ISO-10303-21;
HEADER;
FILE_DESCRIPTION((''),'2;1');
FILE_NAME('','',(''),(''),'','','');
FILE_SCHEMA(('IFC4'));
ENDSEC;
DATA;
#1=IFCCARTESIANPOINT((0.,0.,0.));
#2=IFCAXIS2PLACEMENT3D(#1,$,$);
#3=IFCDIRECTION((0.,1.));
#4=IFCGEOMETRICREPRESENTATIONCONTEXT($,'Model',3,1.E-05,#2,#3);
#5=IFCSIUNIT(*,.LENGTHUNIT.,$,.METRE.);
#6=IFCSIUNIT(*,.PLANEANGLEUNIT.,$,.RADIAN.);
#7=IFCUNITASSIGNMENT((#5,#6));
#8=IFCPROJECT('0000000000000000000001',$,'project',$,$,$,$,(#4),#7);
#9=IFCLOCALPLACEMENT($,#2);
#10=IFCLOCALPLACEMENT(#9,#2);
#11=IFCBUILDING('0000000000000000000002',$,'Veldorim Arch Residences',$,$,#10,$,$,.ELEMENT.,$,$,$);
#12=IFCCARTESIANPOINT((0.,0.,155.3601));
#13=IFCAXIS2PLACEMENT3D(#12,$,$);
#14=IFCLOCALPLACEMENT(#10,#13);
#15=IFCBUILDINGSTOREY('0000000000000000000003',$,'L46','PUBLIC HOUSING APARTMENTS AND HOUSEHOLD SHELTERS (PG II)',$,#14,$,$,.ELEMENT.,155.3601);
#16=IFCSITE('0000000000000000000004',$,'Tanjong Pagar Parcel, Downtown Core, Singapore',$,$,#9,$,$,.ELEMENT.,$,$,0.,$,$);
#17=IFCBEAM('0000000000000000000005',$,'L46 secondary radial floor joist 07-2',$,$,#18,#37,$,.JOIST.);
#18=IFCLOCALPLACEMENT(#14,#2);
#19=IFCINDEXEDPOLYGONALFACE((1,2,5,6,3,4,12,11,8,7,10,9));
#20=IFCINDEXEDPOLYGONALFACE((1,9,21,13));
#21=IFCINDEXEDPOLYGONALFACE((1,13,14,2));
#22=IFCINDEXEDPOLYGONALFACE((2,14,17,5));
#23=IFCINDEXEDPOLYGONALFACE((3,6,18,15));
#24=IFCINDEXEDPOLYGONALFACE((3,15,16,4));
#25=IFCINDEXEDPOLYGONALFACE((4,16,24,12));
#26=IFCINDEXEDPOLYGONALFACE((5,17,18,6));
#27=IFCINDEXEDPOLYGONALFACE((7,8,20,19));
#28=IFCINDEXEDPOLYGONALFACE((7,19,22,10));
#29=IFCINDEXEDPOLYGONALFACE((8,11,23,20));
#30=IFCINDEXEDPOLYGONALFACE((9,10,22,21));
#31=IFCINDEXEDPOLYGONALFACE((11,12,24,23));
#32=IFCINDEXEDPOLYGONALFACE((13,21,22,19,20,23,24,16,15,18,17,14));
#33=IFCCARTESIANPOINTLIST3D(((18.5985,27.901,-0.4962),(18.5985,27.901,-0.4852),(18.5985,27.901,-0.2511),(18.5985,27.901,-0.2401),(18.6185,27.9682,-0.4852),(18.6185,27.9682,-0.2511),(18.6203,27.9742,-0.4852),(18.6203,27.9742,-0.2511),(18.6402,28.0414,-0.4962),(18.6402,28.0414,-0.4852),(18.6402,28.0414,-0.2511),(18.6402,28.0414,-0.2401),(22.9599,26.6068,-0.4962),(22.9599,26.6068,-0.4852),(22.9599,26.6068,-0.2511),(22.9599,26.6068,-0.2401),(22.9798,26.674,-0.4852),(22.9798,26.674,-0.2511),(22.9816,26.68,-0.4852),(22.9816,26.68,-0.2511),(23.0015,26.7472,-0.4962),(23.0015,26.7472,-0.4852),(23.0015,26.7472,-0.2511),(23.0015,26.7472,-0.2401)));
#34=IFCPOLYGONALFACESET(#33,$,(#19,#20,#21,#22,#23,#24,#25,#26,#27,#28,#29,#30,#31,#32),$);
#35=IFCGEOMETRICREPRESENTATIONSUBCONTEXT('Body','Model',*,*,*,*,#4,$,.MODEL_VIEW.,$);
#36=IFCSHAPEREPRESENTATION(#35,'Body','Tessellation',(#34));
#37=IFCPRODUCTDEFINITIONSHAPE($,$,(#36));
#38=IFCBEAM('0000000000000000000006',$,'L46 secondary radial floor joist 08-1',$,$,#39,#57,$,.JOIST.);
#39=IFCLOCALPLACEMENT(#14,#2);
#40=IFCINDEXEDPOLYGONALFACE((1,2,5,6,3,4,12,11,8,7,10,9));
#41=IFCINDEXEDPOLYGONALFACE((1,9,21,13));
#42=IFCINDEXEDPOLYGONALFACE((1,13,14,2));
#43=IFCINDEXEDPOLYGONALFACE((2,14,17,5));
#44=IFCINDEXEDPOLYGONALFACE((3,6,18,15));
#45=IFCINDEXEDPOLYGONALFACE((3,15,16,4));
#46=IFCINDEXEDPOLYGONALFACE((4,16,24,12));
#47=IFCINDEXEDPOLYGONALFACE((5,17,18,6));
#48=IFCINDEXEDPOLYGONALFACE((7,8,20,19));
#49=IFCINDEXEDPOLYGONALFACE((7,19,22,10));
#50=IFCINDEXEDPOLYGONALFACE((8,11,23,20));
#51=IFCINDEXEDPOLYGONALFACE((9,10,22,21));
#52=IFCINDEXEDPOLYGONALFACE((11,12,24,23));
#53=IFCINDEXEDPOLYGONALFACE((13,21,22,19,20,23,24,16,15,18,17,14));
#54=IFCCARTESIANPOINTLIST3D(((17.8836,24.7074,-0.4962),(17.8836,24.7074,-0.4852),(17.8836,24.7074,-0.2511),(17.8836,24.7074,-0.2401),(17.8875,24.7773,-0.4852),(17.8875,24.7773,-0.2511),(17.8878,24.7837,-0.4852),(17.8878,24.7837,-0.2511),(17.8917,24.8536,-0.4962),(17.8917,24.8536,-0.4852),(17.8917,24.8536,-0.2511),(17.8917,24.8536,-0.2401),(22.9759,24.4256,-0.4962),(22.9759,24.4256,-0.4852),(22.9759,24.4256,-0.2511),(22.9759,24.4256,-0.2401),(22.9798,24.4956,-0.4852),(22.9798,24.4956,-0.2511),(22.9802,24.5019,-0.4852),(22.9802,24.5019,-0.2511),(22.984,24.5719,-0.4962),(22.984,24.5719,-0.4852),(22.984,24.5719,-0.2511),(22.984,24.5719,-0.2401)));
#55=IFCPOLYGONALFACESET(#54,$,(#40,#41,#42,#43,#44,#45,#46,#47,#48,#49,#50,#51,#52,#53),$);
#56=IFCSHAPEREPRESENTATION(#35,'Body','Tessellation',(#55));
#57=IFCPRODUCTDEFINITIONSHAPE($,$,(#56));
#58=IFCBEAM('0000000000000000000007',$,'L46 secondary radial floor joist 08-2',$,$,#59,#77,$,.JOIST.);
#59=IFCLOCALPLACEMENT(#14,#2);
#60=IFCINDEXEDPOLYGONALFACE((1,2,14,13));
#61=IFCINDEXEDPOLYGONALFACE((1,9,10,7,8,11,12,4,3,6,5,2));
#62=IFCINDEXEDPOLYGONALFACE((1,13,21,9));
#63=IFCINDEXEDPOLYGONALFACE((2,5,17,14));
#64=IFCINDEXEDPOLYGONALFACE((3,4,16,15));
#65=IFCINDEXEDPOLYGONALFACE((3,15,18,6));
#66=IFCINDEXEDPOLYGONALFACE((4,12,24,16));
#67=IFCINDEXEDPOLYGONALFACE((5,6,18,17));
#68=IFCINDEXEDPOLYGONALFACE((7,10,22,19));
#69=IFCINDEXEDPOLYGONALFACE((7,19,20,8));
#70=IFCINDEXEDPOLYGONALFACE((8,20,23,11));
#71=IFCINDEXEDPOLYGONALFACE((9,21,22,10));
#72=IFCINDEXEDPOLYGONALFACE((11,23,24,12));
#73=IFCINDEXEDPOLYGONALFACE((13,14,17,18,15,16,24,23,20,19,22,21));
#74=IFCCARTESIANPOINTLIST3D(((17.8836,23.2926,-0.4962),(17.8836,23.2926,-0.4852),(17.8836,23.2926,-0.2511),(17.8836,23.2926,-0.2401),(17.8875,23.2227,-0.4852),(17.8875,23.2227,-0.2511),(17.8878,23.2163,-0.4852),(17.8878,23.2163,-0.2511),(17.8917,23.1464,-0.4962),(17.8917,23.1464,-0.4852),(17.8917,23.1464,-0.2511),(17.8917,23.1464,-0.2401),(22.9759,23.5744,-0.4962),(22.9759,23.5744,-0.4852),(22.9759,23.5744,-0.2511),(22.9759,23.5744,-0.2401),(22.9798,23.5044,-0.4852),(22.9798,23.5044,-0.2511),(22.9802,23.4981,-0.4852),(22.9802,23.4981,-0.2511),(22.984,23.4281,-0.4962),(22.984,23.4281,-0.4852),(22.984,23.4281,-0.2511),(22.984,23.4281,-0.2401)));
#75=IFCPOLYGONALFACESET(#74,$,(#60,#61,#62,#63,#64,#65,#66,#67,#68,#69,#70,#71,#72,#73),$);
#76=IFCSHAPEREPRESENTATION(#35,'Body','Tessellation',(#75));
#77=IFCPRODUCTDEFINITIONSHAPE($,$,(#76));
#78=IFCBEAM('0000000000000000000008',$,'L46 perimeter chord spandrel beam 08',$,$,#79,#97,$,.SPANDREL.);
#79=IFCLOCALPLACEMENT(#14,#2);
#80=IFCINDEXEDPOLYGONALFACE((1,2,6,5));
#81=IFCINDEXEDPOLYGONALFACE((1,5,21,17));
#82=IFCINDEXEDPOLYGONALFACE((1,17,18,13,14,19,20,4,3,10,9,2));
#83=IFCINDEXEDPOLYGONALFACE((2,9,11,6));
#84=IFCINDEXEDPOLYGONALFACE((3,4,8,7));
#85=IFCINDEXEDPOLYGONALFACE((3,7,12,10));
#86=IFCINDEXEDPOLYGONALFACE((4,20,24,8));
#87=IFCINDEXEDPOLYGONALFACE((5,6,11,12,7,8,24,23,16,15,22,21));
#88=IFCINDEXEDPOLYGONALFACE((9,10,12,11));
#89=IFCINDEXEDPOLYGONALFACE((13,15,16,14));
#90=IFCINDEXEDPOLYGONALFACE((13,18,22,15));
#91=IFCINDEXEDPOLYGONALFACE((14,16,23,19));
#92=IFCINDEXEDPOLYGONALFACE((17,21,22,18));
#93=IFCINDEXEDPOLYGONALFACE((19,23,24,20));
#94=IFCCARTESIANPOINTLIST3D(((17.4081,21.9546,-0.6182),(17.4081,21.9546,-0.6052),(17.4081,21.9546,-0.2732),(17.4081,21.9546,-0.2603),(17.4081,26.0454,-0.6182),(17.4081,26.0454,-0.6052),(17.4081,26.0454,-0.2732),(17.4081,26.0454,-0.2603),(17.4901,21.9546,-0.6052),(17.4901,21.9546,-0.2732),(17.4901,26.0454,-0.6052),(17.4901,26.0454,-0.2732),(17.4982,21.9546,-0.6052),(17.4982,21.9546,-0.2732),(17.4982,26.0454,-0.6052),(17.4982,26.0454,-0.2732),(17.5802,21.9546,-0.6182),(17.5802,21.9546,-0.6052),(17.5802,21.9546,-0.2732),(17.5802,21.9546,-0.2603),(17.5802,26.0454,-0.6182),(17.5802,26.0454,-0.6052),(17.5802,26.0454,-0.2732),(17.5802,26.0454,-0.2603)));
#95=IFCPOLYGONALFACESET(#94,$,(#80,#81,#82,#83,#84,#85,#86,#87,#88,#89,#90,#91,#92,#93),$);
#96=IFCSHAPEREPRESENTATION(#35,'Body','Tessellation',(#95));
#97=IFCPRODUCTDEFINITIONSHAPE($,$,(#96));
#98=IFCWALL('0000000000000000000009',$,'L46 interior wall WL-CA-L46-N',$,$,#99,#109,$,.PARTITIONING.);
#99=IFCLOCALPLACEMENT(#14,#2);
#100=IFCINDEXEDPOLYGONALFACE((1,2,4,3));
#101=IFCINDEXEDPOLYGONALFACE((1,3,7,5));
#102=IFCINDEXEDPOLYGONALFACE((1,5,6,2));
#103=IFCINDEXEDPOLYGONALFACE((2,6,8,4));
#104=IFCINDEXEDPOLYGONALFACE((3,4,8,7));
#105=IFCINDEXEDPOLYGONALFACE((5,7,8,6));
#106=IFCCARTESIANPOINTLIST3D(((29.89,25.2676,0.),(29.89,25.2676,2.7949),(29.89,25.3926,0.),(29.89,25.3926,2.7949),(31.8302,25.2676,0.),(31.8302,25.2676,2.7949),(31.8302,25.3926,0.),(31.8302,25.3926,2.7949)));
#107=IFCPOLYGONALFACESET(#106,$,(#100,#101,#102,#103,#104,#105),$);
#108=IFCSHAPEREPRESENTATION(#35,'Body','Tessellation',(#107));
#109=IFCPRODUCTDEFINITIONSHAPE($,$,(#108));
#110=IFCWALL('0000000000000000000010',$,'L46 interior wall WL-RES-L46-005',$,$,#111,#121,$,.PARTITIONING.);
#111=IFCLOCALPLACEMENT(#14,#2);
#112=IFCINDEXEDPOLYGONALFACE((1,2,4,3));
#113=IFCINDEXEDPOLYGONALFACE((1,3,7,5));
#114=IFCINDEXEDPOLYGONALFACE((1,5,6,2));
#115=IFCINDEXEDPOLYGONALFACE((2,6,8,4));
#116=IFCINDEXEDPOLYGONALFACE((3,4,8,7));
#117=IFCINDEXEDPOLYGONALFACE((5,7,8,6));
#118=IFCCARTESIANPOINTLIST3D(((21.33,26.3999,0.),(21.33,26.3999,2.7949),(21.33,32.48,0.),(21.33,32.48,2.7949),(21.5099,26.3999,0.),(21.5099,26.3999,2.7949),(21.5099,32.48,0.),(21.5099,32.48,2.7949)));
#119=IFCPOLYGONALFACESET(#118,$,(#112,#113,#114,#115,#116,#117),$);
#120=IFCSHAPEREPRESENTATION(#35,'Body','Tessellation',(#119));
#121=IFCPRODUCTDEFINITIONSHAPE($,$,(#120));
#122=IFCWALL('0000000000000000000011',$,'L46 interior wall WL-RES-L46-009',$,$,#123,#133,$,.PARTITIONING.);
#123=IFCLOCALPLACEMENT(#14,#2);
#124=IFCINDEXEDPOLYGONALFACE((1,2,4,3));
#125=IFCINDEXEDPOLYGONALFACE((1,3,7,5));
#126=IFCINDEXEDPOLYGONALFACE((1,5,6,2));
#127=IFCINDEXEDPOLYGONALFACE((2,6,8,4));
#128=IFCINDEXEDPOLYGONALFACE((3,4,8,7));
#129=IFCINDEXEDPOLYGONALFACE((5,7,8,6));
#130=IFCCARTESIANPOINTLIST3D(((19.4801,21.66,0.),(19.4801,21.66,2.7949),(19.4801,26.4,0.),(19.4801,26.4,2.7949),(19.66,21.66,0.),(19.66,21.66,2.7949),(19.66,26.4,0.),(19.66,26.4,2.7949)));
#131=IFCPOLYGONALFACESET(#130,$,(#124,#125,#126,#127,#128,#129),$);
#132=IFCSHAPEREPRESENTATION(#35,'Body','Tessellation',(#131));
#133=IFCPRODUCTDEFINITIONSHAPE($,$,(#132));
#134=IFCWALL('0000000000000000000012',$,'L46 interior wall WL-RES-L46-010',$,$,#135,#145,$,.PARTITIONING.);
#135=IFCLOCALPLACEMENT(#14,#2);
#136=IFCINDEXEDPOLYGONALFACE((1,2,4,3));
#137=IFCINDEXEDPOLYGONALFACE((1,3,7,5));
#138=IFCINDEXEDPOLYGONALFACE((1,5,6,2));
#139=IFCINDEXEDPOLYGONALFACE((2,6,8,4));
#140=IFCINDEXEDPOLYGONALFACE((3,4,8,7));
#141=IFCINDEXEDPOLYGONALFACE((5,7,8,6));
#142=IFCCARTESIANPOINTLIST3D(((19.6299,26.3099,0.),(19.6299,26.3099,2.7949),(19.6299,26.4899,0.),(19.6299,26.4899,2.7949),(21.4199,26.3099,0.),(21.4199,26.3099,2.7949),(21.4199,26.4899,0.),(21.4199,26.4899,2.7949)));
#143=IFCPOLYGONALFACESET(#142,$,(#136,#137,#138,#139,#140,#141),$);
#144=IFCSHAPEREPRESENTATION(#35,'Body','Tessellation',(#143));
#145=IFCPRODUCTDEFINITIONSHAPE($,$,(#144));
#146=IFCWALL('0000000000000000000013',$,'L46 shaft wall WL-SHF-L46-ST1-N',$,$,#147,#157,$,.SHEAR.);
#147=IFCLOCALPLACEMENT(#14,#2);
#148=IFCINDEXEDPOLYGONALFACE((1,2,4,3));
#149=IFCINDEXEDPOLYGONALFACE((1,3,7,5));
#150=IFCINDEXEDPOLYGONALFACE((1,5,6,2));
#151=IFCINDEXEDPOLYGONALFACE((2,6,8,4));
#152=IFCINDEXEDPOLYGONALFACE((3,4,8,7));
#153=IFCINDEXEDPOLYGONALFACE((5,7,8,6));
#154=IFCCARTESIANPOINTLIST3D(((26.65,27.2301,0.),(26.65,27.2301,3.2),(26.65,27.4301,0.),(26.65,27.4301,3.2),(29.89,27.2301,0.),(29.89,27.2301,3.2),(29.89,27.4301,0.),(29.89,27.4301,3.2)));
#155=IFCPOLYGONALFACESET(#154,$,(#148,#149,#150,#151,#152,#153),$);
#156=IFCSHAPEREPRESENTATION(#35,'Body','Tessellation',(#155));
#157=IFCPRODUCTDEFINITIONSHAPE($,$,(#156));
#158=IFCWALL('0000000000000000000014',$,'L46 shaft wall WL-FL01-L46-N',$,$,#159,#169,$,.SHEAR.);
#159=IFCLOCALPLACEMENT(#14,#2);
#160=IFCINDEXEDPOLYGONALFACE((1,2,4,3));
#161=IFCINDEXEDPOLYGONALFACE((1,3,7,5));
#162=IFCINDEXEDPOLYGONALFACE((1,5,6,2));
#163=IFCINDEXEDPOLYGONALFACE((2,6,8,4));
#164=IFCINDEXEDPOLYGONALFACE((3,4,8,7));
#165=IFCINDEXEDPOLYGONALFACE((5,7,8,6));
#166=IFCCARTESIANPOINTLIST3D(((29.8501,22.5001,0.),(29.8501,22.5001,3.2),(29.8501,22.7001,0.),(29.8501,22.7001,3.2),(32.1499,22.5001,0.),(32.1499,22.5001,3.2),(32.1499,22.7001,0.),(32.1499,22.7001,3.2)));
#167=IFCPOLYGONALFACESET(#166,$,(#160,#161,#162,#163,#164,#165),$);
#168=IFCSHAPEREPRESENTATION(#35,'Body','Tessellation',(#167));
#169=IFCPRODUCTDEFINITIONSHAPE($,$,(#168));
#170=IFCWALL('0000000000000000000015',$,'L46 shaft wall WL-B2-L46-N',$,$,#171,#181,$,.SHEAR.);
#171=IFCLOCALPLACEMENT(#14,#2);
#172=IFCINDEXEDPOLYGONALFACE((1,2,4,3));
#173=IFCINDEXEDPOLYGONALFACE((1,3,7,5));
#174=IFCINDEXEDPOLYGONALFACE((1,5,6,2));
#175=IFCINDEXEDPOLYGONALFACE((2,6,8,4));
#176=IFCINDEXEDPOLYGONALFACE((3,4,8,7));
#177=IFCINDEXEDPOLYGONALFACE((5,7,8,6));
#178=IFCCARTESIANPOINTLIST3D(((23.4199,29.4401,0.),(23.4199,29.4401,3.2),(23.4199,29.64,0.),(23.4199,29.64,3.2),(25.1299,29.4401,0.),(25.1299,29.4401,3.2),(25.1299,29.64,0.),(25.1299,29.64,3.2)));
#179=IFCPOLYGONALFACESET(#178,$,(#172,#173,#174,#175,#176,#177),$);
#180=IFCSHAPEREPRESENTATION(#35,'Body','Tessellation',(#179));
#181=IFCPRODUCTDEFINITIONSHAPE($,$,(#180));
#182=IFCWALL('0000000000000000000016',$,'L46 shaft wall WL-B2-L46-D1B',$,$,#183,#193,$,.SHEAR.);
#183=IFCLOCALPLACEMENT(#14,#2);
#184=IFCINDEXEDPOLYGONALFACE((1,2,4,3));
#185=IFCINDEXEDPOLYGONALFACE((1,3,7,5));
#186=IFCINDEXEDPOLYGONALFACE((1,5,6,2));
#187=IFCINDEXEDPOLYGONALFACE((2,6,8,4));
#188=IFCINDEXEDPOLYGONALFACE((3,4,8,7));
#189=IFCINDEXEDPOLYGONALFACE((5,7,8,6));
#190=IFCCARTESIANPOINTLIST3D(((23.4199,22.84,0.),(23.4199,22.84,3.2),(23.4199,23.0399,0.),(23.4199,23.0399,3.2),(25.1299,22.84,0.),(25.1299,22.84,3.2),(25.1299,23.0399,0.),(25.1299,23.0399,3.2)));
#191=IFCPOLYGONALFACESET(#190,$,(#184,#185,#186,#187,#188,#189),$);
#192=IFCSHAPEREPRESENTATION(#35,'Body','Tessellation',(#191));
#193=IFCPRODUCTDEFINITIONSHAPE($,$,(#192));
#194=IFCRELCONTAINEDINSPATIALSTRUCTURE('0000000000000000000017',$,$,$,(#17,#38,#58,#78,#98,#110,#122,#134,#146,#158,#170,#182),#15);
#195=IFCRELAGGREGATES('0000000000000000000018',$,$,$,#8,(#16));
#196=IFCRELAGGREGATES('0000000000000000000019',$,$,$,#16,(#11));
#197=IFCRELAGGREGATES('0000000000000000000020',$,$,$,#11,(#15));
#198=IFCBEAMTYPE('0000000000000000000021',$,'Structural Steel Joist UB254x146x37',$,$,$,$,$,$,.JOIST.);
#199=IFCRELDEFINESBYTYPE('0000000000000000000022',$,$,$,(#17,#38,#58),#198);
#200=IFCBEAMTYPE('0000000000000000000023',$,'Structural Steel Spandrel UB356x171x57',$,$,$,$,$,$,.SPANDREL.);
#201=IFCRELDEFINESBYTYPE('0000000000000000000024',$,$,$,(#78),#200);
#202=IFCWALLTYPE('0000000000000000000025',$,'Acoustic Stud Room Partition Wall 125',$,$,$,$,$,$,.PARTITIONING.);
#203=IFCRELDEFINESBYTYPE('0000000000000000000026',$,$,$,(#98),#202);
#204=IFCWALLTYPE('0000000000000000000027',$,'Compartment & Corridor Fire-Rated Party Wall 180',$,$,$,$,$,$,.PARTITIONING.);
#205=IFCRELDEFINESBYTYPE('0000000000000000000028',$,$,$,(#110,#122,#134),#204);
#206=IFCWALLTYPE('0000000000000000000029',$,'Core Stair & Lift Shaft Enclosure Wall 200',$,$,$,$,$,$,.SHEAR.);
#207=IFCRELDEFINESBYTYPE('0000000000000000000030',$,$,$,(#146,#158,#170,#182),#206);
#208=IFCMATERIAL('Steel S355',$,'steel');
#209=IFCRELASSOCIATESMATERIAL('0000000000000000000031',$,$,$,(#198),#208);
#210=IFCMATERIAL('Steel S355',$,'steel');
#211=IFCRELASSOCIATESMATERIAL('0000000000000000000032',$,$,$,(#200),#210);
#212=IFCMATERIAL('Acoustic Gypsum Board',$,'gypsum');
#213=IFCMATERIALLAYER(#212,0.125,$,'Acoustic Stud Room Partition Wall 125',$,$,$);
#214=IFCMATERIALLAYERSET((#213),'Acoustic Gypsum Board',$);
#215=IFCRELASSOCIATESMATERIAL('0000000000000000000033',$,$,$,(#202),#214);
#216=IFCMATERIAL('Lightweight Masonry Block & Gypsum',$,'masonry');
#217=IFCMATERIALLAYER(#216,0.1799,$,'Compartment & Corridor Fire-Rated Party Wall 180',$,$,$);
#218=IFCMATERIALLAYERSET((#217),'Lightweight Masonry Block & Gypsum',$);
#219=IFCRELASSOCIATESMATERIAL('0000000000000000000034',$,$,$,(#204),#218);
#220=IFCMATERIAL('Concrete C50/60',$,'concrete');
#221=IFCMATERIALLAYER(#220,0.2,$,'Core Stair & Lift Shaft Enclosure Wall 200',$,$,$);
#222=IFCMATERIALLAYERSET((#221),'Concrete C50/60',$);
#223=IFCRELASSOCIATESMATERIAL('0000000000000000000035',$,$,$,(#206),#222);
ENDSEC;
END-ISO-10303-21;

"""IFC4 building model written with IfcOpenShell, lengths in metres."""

from ifc_helpers import new_model, si_unit, direction, frame, frame_2d, origin, origin_2d, place, context, subcontext, project, spatial, rectangle, i_section, extrude, material, layer, layer_set, material_profile, profile_set, type_object, element, save


model = new_model("IFC4")

# Units and contexts
model_context = context("Model", 3, precision=1e-05, world=origin(), true_north=direction((0.0, 1.0)))
body_context = subcontext(model_context, "Body", "Model", "MODEL_VIEW")
ifc_project = project(units=[si_unit("LENGTHUNIT", "METRE"), si_unit("PLANEANGLEUNIT", "RADIAN")], contexts=[model_context])

# Site, building, storey
site_placement = place(None, origin())
site = spatial("IfcSite", under=ifc_project, at=site_placement, Name="Tanjong Pagar Parcel, Downtown Core, Singapore", CompositionType="ELEMENT", RefElevation=0.0)
building_placement = place(site_placement, origin())
building = spatial("IfcBuilding", under=site, at=building_placement, Name="Veldorim Arch Residences", CompositionType="ELEMENT")
storey_placement = place(building_placement, frame((0.0, 0.0, 155.3601)))
storey = spatial("IfcBuildingStorey", under=building, at=storey_placement, Name="L46", Description="PUBLIC HOUSING APARTMENTS AND HOUSEHOLD SHELTERS (PG II)", CompositionType="ELEMENT", Elevation=155.3601)

# Beams
ifc_material_1 = material(Name="Steel S355", Category="steel")
ifc_material_profile_1 = material_profile(ifc_material_1, i_section(OverallWidth=0.1465, OverallDepth=0.2561, WebThickness=0.0063, FlangeThickness=0.011, at=origin_2d()), Name="UB254x146x37")
ifc_profile_set_1 = profile_set([ifc_material_profile_1], Name="Steel S355")
beam_type_1 = type_object("IfcBeamType", Name="Structural Steel Joist UB254x146x37", PredefinedType="JOIST", material=ifc_profile_set_1)
beam_1_placement = place(storey_placement, frame((22.9807, 26.677, -0.3682), z_axis=(-0.958682, 0.284481, 0.0), x_axis=(-0.284481, -0.958682, 0.0)))
element("IfcBeam", 1, at=beam_1_placement, inside=storey, type_object=beam_type_1, Name="L46 secondary radial floor joist 07-2", PredefinedType="JOIST", context=body_context, shape_type="SweptSolid", body=[
    extrude(i_section(OverallWidth=0.1465, OverallDepth=0.2561, WebThickness=0.0063, FlangeThickness=0.011, at=origin_2d()), origin(), (0.0, 0.0, 1.0), 4.5493),
])
for number, where, z_axis, x_axis, name in (
    (2, (22.98, 24.4988, -0.3682), (-0.998473, 0.055242, 0.0), (-0.055242, -0.998473, 0.0), "L46 secondary radial floor joist 08-1"),
    (3, (22.98, 23.5012, -0.3682), (-0.998473, -0.055242, 0.0), (0.055242, -0.998473, 0.0), "L46 secondary radial floor joist 08-2"),
):
    element("IfcBeam", number, at=place(storey_placement, frame(where, z_axis=z_axis, x_axis=x_axis)), inside=storey, type_object=beam_type_1, Name=name, PredefinedType="JOIST", context=body_context, shape_type="SweptSolid", body=[
        extrude(i_section(OverallWidth=0.1465, OverallDepth=0.2561, WebThickness=0.0063, FlangeThickness=0.011, at=origin_2d()), origin(), (0.0, 0.0, 1.0), 5.1001),
    ])
ifc_material_2 = material(Name="Steel S355", Category="steel")
ifc_material_profile_2 = material_profile(ifc_material_2, i_section(OverallWidth=0.1721, OverallDepth=0.3579, WebThickness=0.0081, FlangeThickness=0.0129, at=origin_2d()), Name="UB356x171x57")
ifc_profile_set_2 = profile_set([ifc_material_profile_2], Name="Steel S355")
beam_type_2 = type_object("IfcBeamType", Name="Structural Steel Spandrel UB356x171x57", PredefinedType="SPANDREL", material=ifc_profile_set_2)
beam_2_placement = place(storey_placement, frame((17.4941, 26.0454, -0.4392), z_axis=(0.0, -1.0, 0.0), x_axis=(1.0, 0.0, 0.0)))
element("IfcBeam", 4, at=beam_2_placement, inside=storey, type_object=beam_type_2, Name="L46 perimeter chord spandrel beam 08", PredefinedType="SPANDREL", context=body_context, shape_type="SweptSolid", body=[
    extrude(i_section(OverallWidth=0.1721, OverallDepth=0.3579, WebThickness=0.0081, FlangeThickness=0.0129, at=origin_2d()), origin(), (0.0, 0.0, 1.0), 4.0908),
])

# Walls
ifc_material_3 = material(Name="Acoustic Gypsum Board", Category="gypsum")
ifc_layer_1 = layer(ifc_material_3, 0.125, Name="Acoustic Stud Room Partition Wall 125")
ifc_layer_set_1 = layer_set([ifc_layer_1], Name="Acoustic Gypsum Board")
wall_type_1 = type_object("IfcWallType", Name="Acoustic Stud Room Partition Wall 125", PredefinedType="PARTITIONING", material=ifc_layer_set_1)
wall_1_placement = place(storey_placement, frame((29.8899, 25.3301, 0.0), z_axis=(0.0, 0.0, 1.0), x_axis=(1.0, 0.0, 0.0)))
element("IfcWall", 5, at=wall_1_placement, inside=storey, type_object=wall_type_1, Name="L46 interior wall WL-CA-L46-N", PredefinedType="PARTITIONING", context=body_context, shape_type="SweptSolid", body=[
    extrude(rectangle(XDim=1.9402, YDim=0.125, at=frame_2d((0.9702, 0.0))), origin(), (0.0, 0.0, 1.0), 2.7949),
])
ifc_material_4 = material(Name="Lightweight Masonry Block & Gypsum", Category="masonry")
ifc_layer_2 = layer(ifc_material_4, 0.1799, Name="Compartment & Corridor Fire-Rated Party Wall 180")
ifc_layer_set_2 = layer_set([ifc_layer_2], Name="Lightweight Masonry Block & Gypsum")
wall_type_2 = type_object("IfcWallType", Name="Compartment & Corridor Fire-Rated Party Wall 180", PredefinedType="PARTITIONING", material=ifc_layer_set_2)
wall_2_placement = place(storey_placement, frame((21.4199, 26.3999, 0.0), z_axis=(0.0, 0.0, 1.0), x_axis=(0.0, 1.0, 0.0)))
element("IfcWall", 6, at=wall_2_placement, inside=storey, type_object=wall_type_2, Name="L46 interior wall WL-RES-L46-005", PredefinedType="PARTITIONING", context=body_context, shape_type="SweptSolid", body=[
    extrude(rectangle(XDim=6.0801, YDim=0.1799, at=frame_2d((3.04, 0.0))), origin(), (0.0, 0.0, 1.0), 2.7949),
])
wall_3_placement = place(storey_placement, frame((19.5701, 21.6599, 0.0), z_axis=(0.0, 0.0, 1.0), x_axis=(0.0, 1.0, 0.0)))
element("IfcWall", 7, at=wall_3_placement, inside=storey, type_object=wall_type_2, Name="L46 interior wall WL-RES-L46-009", PredefinedType="PARTITIONING", context=body_context, shape_type="SweptSolid", body=[
    extrude(rectangle(XDim=4.74, YDim=0.1799, at=frame_2d((2.3701, 0.0))), origin(), (0.0, 0.0, 1.0), 2.7949),
])
wall_4_placement = place(storey_placement, frame((19.6299, 26.3999, 0.0), z_axis=(0.0, 0.0, 1.0), x_axis=(1.0, 0.0, 0.0)))
element("IfcWall", 8, at=wall_4_placement, inside=storey, type_object=wall_type_2, Name="L46 interior wall WL-RES-L46-010", PredefinedType="PARTITIONING", context=body_context, shape_type="SweptSolid", body=[
    extrude(rectangle(XDim=1.79, YDim=0.1799, at=frame_2d((0.895, 0.0))), origin(), (0.0, 0.0, 1.0), 2.7949),
])
ifc_material_5 = material(Name="Concrete C50/60", Category="concrete")
ifc_layer_3 = layer(ifc_material_5, 0.2, Name="Core Stair & Lift Shaft Enclosure Wall 200")
ifc_layer_set_3 = layer_set([ifc_layer_3], Name="Concrete C50/60")
wall_type_3 = type_object("IfcWallType", Name="Core Stair & Lift Shaft Enclosure Wall 200", PredefinedType="SHEAR", material=ifc_layer_set_3)
wall_5_placement = place(storey_placement, frame((26.6499, 27.3301, 0.0), z_axis=(0.0, 0.0, 1.0), x_axis=(1.0, 0.0, 0.0)))
element("IfcWall", 9, at=wall_5_placement, inside=storey, type_object=wall_type_3, Name="L46 shaft wall WL-SHF-L46-ST1-N", PredefinedType="SHEAR", context=body_context, shape_type="SweptSolid", body=[
    extrude(rectangle(XDim=3.24, YDim=0.2, at=frame_2d((1.6201, 0.0))), origin(), (0.0, 0.0, 1.0), 3.2),
])
wall_6_placement = place(storey_placement, frame((29.8501, 22.6001, 0.0), z_axis=(0.0, 0.0, 1.0), x_axis=(1.0, 0.0, 0.0)))
element("IfcWall", 10, at=wall_6_placement, inside=storey, type_object=wall_type_3, Name="L46 shaft wall WL-FL01-L46-N", PredefinedType="SHEAR", context=body_context, shape_type="SweptSolid", body=[
    extrude(rectangle(XDim=2.2998, YDim=0.2, at=frame_2d((1.1499, 0.0))), origin(), (0.0, 0.0, 1.0), 3.2),
])
for number, where, z_axis, x_axis, name in (
    (11, (23.4199, 29.54, 0.0), (0.0, 0.0, 1.0), (1.0, 0.0, 0.0), "L46 shaft wall WL-B2-L46-N"),
    (12, (23.4199, 22.9399, 0.0), (0.0, 0.0, 1.0), (1.0, 0.0, 0.0), "L46 shaft wall WL-B2-L46-D1B"),
):
    element("IfcWall", number, at=place(storey_placement, frame(where, z_axis=z_axis, x_axis=x_axis)), inside=storey, type_object=wall_type_3, Name=name, PredefinedType="SHEAR", context=body_context, shape_type="SweptSolid", body=[
        extrude(rectangle(XDim=1.71, YDim=0.2, at=frame_2d((0.855, 0.0))), origin(), (0.0, 0.0, 1.0), 3.2),
    ])

save(model, "model.ifc")
